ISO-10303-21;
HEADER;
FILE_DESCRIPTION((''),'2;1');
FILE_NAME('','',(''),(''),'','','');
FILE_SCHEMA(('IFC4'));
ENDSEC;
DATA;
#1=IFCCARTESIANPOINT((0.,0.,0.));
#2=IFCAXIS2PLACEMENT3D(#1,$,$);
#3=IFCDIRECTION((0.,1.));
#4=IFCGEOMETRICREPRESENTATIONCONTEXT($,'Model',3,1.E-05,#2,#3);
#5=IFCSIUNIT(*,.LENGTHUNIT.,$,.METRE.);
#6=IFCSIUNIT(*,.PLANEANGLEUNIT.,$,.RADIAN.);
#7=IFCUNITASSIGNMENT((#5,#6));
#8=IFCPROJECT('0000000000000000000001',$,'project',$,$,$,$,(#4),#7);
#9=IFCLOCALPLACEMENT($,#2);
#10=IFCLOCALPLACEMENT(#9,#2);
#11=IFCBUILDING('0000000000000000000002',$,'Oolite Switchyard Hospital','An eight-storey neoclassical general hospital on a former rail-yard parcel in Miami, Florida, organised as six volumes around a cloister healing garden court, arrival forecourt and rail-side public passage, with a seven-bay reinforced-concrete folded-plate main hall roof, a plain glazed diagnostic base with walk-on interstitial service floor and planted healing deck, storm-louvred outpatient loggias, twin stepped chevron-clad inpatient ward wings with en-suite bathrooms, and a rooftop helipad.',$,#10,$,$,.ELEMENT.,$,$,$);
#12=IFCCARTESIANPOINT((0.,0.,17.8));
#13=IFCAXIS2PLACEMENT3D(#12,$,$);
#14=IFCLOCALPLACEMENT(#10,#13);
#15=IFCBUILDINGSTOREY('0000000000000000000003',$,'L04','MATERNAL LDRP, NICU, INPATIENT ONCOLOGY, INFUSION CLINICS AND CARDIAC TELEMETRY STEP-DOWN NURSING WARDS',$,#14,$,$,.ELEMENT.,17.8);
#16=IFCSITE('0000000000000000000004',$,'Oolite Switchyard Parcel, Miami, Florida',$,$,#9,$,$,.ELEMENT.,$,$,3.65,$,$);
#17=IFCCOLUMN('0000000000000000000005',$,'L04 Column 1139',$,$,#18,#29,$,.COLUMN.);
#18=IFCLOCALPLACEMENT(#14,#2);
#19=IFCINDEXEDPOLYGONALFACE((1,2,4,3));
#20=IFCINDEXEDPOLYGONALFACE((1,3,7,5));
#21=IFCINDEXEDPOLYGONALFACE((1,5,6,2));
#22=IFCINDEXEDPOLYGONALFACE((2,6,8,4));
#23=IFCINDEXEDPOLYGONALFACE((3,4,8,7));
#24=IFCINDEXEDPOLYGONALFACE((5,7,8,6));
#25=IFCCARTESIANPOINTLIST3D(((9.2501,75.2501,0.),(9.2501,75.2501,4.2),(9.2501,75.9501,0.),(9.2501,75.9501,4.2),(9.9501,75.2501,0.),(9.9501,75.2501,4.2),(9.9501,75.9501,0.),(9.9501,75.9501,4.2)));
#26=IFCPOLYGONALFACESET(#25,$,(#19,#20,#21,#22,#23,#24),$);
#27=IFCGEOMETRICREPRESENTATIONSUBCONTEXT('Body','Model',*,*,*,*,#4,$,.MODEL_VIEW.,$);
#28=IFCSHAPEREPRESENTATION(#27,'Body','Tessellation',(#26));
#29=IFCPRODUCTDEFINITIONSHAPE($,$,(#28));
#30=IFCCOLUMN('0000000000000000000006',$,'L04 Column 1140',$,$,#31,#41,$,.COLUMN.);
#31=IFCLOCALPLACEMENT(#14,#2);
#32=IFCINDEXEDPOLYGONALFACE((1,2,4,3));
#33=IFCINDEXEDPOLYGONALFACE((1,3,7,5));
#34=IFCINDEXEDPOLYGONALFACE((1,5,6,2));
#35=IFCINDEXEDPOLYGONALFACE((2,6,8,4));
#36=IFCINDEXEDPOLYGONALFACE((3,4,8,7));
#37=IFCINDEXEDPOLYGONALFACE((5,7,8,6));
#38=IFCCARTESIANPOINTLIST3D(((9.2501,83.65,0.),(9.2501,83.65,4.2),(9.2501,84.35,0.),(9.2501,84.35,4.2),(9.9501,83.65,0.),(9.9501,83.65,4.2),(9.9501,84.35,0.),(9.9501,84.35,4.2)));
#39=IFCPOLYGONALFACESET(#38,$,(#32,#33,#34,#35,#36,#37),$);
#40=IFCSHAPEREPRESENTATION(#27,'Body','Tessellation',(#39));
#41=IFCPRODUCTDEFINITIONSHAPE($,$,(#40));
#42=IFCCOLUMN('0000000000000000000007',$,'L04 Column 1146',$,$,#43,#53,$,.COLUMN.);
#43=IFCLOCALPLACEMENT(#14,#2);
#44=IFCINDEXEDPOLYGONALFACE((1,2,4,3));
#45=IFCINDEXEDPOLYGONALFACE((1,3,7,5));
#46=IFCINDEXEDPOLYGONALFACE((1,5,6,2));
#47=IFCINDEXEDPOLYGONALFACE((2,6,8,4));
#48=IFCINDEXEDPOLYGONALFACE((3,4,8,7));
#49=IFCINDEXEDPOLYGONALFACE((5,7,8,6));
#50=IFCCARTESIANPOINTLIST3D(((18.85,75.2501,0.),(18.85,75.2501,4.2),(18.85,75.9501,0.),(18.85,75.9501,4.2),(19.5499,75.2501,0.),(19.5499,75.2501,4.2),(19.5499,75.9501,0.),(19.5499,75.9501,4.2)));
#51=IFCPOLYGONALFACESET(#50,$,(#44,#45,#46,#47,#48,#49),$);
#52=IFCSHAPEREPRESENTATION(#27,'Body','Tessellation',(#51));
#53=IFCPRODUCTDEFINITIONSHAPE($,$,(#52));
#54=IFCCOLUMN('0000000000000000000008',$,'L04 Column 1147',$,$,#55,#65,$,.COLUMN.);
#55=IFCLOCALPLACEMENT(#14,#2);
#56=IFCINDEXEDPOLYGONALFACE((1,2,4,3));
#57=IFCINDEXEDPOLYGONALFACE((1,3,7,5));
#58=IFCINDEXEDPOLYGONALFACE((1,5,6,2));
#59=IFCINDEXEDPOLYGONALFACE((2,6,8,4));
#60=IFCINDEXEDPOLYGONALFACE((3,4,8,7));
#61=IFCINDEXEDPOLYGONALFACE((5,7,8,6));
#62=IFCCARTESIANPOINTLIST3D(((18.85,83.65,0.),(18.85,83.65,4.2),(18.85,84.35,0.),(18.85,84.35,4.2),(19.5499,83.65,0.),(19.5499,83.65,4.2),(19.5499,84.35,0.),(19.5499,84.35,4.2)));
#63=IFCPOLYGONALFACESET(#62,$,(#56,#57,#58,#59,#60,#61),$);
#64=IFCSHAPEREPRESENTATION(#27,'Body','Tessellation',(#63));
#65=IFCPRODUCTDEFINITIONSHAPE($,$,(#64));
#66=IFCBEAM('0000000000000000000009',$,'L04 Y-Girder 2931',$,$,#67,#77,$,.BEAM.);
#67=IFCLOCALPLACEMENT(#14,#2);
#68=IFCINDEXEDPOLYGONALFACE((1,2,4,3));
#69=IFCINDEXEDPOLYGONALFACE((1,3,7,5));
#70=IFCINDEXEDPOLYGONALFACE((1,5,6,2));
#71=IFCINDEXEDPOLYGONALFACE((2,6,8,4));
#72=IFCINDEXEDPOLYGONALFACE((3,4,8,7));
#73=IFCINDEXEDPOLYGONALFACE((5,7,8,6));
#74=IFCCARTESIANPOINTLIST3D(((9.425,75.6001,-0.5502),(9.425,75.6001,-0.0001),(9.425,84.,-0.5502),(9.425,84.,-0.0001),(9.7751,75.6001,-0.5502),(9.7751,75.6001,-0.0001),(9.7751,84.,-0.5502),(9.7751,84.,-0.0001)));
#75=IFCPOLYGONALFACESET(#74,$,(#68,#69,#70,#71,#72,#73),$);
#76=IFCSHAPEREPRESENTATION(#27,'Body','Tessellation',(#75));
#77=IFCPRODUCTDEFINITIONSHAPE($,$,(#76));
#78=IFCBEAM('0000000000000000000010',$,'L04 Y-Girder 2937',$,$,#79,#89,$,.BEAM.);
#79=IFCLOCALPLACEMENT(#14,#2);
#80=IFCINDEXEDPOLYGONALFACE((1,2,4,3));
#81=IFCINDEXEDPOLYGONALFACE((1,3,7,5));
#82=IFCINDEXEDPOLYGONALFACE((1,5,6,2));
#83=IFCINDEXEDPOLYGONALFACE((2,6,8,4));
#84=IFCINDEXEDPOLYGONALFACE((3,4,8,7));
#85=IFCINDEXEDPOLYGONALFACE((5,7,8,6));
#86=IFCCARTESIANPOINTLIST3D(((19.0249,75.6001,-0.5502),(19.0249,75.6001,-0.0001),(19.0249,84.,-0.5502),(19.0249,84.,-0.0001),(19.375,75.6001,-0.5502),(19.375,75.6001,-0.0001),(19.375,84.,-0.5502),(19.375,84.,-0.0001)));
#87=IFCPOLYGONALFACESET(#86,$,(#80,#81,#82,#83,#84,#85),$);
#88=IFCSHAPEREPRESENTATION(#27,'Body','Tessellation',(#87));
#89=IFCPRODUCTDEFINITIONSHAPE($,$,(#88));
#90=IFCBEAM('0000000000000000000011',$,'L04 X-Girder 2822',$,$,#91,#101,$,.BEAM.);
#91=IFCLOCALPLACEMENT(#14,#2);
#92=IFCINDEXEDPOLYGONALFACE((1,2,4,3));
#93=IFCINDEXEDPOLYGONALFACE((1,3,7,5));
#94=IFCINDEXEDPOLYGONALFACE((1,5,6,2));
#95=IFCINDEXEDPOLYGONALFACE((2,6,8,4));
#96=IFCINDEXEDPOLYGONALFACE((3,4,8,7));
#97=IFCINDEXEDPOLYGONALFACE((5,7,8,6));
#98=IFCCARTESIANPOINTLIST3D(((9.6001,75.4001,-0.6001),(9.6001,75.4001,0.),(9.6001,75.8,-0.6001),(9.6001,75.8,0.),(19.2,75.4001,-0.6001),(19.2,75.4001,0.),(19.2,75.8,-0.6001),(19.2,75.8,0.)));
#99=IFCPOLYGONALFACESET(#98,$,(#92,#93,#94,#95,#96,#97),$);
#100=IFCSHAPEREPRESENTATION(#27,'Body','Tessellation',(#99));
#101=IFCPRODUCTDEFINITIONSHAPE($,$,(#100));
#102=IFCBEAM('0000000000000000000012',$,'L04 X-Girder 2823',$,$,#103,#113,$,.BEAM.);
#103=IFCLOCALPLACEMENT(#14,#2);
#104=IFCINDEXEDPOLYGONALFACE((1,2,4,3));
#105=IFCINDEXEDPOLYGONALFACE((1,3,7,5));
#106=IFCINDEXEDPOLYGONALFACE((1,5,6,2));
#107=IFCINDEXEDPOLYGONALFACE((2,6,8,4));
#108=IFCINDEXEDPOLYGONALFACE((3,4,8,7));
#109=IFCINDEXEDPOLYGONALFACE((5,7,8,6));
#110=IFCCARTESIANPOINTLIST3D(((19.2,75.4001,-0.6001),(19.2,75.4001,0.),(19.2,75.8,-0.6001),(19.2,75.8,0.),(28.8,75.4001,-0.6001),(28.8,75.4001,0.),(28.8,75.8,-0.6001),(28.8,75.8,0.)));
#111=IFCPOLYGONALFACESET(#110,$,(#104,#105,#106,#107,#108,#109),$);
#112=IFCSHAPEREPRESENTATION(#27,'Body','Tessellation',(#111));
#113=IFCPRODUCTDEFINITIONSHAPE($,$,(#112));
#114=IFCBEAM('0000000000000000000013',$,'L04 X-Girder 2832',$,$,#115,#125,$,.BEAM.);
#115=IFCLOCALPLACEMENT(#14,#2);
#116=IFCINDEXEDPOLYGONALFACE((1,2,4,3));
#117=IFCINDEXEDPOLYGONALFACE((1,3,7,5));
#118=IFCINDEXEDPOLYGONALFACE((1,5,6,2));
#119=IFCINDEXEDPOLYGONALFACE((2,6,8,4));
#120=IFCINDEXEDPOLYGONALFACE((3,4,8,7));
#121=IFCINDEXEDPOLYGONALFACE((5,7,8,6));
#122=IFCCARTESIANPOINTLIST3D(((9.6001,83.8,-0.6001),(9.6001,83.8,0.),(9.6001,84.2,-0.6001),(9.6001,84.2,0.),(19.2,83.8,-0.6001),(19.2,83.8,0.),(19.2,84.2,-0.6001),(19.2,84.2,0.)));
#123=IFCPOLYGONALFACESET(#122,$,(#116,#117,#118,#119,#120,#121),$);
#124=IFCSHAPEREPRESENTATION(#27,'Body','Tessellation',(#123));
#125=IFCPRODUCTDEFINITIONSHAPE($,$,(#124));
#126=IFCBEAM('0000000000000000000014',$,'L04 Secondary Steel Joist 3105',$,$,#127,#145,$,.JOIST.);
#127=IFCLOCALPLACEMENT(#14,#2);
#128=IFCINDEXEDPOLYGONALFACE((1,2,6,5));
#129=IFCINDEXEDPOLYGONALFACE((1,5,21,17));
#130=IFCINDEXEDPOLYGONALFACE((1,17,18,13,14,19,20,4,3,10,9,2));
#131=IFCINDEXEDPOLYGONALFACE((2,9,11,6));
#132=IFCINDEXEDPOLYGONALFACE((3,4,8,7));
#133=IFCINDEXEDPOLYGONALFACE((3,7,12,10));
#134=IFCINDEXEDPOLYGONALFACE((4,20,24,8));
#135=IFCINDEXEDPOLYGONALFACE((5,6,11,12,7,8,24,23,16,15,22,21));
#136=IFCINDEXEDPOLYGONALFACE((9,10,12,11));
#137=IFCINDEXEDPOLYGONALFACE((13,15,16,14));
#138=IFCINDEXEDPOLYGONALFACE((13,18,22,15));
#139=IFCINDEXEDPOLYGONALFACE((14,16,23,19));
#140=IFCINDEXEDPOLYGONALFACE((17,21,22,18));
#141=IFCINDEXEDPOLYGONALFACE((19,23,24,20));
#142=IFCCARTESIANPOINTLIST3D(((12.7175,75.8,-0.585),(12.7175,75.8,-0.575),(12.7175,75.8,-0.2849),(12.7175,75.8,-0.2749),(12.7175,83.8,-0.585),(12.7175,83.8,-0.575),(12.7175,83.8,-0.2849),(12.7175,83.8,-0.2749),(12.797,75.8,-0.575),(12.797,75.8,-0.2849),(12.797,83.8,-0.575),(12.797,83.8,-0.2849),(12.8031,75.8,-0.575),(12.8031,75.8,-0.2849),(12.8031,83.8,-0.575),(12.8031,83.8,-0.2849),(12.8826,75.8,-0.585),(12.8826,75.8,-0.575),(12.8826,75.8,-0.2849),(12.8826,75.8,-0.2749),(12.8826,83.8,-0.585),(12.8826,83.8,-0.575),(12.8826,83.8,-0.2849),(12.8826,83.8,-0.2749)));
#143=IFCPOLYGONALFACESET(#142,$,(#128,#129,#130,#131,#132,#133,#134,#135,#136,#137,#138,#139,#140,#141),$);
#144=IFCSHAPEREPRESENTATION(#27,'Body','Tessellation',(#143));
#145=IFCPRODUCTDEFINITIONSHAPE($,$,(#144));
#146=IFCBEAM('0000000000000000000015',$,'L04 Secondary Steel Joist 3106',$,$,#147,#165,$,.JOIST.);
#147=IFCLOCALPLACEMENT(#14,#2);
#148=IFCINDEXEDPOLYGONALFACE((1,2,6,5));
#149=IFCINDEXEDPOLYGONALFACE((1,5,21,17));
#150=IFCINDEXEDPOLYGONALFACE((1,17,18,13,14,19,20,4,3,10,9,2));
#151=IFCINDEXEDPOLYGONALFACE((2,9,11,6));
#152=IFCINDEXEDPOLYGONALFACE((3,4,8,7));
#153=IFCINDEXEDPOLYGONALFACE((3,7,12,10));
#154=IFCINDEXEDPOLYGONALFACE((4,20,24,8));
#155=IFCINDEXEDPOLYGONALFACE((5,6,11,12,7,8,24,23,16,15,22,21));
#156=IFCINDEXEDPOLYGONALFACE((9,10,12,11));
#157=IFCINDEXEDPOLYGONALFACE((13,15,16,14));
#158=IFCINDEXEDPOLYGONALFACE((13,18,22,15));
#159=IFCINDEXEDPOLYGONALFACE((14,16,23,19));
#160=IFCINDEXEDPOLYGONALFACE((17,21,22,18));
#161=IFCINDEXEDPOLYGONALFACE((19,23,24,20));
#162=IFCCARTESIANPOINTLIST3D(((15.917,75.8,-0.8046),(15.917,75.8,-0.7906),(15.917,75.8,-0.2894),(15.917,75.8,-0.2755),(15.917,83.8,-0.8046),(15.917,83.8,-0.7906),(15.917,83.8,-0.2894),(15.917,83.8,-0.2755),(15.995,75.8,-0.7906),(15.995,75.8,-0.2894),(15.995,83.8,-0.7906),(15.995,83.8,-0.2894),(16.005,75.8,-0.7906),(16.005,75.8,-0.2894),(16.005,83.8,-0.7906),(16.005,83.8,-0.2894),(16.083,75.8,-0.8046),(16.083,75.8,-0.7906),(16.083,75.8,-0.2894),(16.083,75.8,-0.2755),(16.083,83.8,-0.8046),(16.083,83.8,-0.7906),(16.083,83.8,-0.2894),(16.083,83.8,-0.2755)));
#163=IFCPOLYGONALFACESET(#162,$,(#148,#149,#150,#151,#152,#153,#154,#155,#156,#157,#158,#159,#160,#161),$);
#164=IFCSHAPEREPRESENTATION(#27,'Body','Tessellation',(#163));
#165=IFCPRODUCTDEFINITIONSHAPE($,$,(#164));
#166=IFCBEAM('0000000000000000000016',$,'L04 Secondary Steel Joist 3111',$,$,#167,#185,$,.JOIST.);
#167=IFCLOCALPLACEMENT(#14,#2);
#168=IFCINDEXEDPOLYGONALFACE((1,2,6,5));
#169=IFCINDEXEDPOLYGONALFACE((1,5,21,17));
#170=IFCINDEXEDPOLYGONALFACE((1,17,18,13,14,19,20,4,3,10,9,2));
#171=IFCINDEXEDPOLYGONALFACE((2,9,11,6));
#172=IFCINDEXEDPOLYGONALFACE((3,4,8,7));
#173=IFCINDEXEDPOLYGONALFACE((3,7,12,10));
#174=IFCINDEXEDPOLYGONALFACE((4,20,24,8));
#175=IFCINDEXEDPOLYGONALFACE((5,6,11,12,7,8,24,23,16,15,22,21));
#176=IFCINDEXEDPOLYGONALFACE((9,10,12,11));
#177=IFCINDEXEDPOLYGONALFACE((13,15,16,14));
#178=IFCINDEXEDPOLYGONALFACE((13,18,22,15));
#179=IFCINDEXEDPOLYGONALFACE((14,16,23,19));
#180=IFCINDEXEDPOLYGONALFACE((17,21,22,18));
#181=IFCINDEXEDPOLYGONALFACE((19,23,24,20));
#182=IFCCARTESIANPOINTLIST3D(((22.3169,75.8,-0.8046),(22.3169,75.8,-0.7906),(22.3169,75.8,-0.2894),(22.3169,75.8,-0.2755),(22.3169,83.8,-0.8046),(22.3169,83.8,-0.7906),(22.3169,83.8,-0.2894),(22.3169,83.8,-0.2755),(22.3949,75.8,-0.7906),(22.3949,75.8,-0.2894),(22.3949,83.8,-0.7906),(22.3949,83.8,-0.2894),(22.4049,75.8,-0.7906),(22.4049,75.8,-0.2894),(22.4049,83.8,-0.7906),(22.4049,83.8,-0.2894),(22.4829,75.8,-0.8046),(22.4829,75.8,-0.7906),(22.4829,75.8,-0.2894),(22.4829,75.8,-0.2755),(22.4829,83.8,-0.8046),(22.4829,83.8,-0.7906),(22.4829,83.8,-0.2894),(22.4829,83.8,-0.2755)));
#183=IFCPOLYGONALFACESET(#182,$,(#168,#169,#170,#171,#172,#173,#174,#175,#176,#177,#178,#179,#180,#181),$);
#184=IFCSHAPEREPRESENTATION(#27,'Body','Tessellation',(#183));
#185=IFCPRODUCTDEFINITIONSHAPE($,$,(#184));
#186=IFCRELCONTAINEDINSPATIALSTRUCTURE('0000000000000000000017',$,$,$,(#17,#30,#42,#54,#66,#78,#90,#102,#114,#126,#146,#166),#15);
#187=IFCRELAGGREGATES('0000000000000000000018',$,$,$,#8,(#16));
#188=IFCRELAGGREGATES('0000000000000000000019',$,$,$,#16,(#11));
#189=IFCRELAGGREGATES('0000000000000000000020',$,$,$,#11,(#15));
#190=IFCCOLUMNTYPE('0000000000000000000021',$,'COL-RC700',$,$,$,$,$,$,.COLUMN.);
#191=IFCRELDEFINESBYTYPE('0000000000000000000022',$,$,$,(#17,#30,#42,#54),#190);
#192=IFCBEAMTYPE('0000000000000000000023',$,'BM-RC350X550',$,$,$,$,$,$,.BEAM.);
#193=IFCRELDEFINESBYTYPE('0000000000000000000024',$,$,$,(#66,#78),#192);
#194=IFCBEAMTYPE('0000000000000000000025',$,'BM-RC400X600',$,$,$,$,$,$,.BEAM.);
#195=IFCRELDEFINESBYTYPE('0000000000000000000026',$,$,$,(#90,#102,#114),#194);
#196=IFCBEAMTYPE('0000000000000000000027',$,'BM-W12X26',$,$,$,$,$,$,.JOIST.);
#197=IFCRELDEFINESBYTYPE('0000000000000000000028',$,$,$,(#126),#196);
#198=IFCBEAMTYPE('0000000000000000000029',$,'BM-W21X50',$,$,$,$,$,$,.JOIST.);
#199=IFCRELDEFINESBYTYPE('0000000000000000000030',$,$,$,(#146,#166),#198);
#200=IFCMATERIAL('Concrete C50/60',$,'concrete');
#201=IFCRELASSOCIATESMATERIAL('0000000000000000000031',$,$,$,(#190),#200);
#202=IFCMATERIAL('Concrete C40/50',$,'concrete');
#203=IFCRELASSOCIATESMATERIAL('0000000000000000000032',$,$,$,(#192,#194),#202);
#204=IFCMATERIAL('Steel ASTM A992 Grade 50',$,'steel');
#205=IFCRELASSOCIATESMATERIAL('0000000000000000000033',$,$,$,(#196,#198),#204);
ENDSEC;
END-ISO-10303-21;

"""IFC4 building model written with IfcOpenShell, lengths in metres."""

from ifc_helpers import new_model, si_unit, direction, frame, origin, origin_2d, place, context, subcontext, project, spatial, rectangle, i_section, extrude, material, material_profile, profile_set, type_object, element, save


model = new_model("IFC4")

# Units and contexts
model_context = context("Model", 3, precision=1e-05, world=origin(), true_north=direction((0.0, 1.0)))
body_context = subcontext(model_context, "Body", "Model", "MODEL_VIEW")
ifc_project = project(units=[si_unit("LENGTHUNIT", "METRE"), si_unit("PLANEANGLEUNIT", "RADIAN")], contexts=[model_context])

# Site, building, storey
site_placement = place(None, origin())
site = spatial("IfcSite", under=ifc_project, at=site_placement, Name="Oolite Switchyard Parcel, Miami, Florida", CompositionType="ELEMENT", RefElevation=3.65)
building_placement = place(site_placement, origin())
building = spatial("IfcBuilding", under=site, at=building_placement, Name="Oolite Switchyard Hospital", Description="An eight-storey neoclassical general hospital on a former rail-yard parcel in Miami, Florida, organised as six volumes around a cloister healing garden court, arrival forecourt and rail-side public passage, with a seven-bay reinforced-concrete folded-plate main hall roof, a plain glazed diagnostic base with walk-on interstitial service floor and planted healing deck, storm-louvred outpatient loggias, twin stepped chevron-clad inpatient ward wings with en-suite bathrooms, and a rooftop helipad.", CompositionType="ELEMENT")
storey_placement = place(building_placement, frame((0.0, 0.0, 17.8)))
storey = spatial("IfcBuildingStorey", under=building, at=storey_placement, Name="L04", Description="MATERNAL LDRP, NICU, INPATIENT ONCOLOGY, INFUSION CLINICS AND CARDIAC TELEMETRY STEP-DOWN NURSING WARDS", CompositionType="ELEMENT", Elevation=17.8)

# Columns
ifc_material_1 = material(Name="Concrete C50/60", Category="concrete")
ifc_material_profile_1 = material_profile(ifc_material_1, rectangle(XDim=0.7, YDim=0.7, at=origin_2d()), Name="RC700X700")
ifc_profile_set_1 = profile_set([ifc_material_profile_1], Name="Concrete C50/60")
column_type = type_object("IfcColumnType", Name="COL-RC700", PredefinedType="COLUMN", material=ifc_profile_set_1)
for number, where, z_axis, x_axis, name in (
    (1, (9.6001, 75.6001, 0.0), (0.0, 0.0, 1.0), (1.0, 0.0, 0.0), "L04 Column 1139"),
    (2, (9.6001, 84.0, 0.0), (0.0, 0.0, 1.0), (1.0, 0.0, 0.0), "L04 Column 1140"),
    (3, (19.2, 75.6001, 0.0), (0.0, 0.0, 1.0), (1.0, 0.0, 0.0), "L04 Column 1146"),
    (4, (19.2, 84.0, 0.0), (0.0, 0.0, 1.0), (1.0, 0.0, 0.0), "L04 Column 1147"),
):
    element("IfcColumn", number, at=place(storey_placement, frame(where, z_axis=z_axis, x_axis=x_axis)), inside=storey, type_object=column_type, Name=name, PredefinedType="COLUMN", context=body_context, shape_type="SweptSolid", body=[
        extrude(rectangle(XDim=0.7, YDim=0.7, at=origin_2d()), origin(), (0.0, 0.0, 1.0), 4.2),
    ])

# Beams
ifc_material_2 = material(Name="Concrete C40/50", Category="concrete")
ifc_material_profile_2 = material_profile(ifc_material_2, rectangle(XDim=0.3501, YDim=0.55, at=origin_2d()), Name="RCB350X550")
ifc_profile_set_2 = profile_set([ifc_material_profile_2], Name="Concrete C40/50")
beam_type_1 = type_object("IfcBeamType", Name="BM-RC350X550", PredefinedType="BEAM", material=ifc_profile_set_2)
for number, where, z_axis, x_axis, name in (
    (5, (9.6001, 75.6001, -0.2751), (0.0, 1.0, 0.0), (-1.0, 0.0, 0.0), "L04 Y-Girder 2931"),
    (6, (19.2, 75.6001, -0.2751), (0.0, 1.0, 0.0), (-1.0, 0.0, 0.0), "L04 Y-Girder 2937"),
):
    element("IfcBeam", number, at=place(storey_placement, frame(where, z_axis=z_axis, x_axis=x_axis)), inside=storey, type_object=beam_type_1, Name=name, PredefinedType="BEAM", context=body_context, shape_type="SweptSolid", body=[
        extrude(rectangle(XDim=0.3501, YDim=0.55, at=origin_2d()), origin(), (0.0, 0.0, 1.0), 8.3999),
    ])
ifc_material_profile_3 = material_profile(ifc_material_2, rectangle(XDim=0.3999, YDim=0.6001, at=origin_2d()), Name="RCB400X600")
ifc_profile_set_3 = profile_set([ifc_material_profile_3], Name="Concrete C40/50")
beam_type_2 = type_object("IfcBeamType", Name="BM-RC400X600", PredefinedType="BEAM", material=ifc_profile_set_3)
beam_1_placement = place(storey_placement, frame((9.6001, 75.6001, -0.3), z_axis=(1.0, 0.0, 0.0), x_axis=(0.0, 1.0, 0.0)))
element("IfcBeam", 7, at=beam_1_placement, inside=storey, type_object=beam_type_2, Name="L04 X-Girder 2822", PredefinedType="BEAM", context=body_context, shape_type="SweptSolid", body=[
    extrude(rectangle(XDim=0.3999, YDim=0.6001, at=origin_2d()), origin(), (0.0, 0.0, 1.0), 9.5999),
])
beam_2_placement = place(storey_placement, frame((19.2, 75.6001, -0.3), z_axis=(1.0, 0.0, 0.0), x_axis=(0.0, 1.0, 0.0)))
element("IfcBeam", 8, at=beam_2_placement, inside=storey, type_object=beam_type_2, Name="L04 X-Girder 2823", PredefinedType="BEAM", context=body_context, shape_type="SweptSolid", body=[
    extrude(rectangle(XDim=0.3999, YDim=0.6001, at=origin_2d()), origin(), (0.0, 0.0, 1.0), 9.6001),
])
beam_3_placement = place(storey_placement, frame((9.6001, 84.0, -0.3), z_axis=(1.0, 0.0, 0.0), x_axis=(0.0, 1.0, 0.0)))
element("IfcBeam", 9, at=beam_3_placement, inside=storey, type_object=beam_type_2, Name="L04 X-Girder 2832", PredefinedType="BEAM", context=body_context, shape_type="SweptSolid", body=[
    extrude(rectangle(XDim=0.3999, YDim=0.6001, at=origin_2d()), origin(), (0.0, 0.0, 1.0), 9.5999),
])
ifc_material_3 = material(Name="Steel ASTM A992 Grade 50", Category="steel")
ifc_material_profile_4 = material_profile(ifc_material_3, i_section(OverallWidth=0.165, OverallDepth=0.3101, WebThickness=0.0061, FlangeThickness=0.01, at=origin_2d()), Name="W12X26")
ifc_profile_set_4 = profile_set([ifc_material_profile_4], Name="Steel ASTM A992 Grade 50")
beam_type_3 = type_object("IfcBeamType", Name="BM-W12X26", PredefinedType="JOIST", material=ifc_profile_set_4)
beam_4_placement = place(storey_placement, frame((12.8, 75.8, -0.4299), z_axis=(0.0, 1.0, 0.0), x_axis=(-1.0, 0.0, 0.0)))
element("IfcBeam", 10, at=beam_4_placement, inside=storey, type_object=beam_type_3, Name="L04 Secondary Steel Joist 3105", PredefinedType="JOIST", context=body_context, shape_type="SweptSolid", body=[
    extrude(i_section(OverallWidth=0.165, OverallDepth=0.3101, WebThickness=0.0061, FlangeThickness=0.01, at=origin_2d()), origin(), (0.0, 0.0, 1.0), 8.0),
])
ifc_material_profile_5 = material_profile(ifc_material_3, i_section(OverallWidth=0.166, OverallDepth=0.5291, WebThickness=0.01, FlangeThickness=0.0139, at=origin_2d()), Name="W21X50")
ifc_profile_set_5 = profile_set([ifc_material_profile_5], Name="Steel ASTM A992 Grade 50")
beam_type_4 = type_object("IfcBeamType", Name="BM-W21X50", PredefinedType="JOIST", material=ifc_profile_set_5)
for number, where, z_axis, x_axis, name in (
    (11, (16.0, 75.8, -0.54), (0.0, 1.0, 0.0), (-1.0, 0.0, 0.0), "L04 Secondary Steel Joist 3106"),
    (12, (22.3999, 75.8, -0.54), (0.0, 1.0, 0.0), (-1.0, 0.0, 0.0), "L04 Secondary Steel Joist 3111"),
):
    element("IfcBeam", number, at=place(storey_placement, frame(where, z_axis=z_axis, x_axis=x_axis)), inside=storey, type_object=beam_type_4, Name=name, PredefinedType="JOIST", context=body_context, shape_type="SweptSolid", body=[
        extrude(i_section(OverallWidth=0.166, OverallDepth=0.5291, WebThickness=0.01, FlangeThickness=0.0139, at=origin_2d()), origin(), (0.0, 0.0, 1.0), 8.0),
    ])

save(model, "model.ifc")
